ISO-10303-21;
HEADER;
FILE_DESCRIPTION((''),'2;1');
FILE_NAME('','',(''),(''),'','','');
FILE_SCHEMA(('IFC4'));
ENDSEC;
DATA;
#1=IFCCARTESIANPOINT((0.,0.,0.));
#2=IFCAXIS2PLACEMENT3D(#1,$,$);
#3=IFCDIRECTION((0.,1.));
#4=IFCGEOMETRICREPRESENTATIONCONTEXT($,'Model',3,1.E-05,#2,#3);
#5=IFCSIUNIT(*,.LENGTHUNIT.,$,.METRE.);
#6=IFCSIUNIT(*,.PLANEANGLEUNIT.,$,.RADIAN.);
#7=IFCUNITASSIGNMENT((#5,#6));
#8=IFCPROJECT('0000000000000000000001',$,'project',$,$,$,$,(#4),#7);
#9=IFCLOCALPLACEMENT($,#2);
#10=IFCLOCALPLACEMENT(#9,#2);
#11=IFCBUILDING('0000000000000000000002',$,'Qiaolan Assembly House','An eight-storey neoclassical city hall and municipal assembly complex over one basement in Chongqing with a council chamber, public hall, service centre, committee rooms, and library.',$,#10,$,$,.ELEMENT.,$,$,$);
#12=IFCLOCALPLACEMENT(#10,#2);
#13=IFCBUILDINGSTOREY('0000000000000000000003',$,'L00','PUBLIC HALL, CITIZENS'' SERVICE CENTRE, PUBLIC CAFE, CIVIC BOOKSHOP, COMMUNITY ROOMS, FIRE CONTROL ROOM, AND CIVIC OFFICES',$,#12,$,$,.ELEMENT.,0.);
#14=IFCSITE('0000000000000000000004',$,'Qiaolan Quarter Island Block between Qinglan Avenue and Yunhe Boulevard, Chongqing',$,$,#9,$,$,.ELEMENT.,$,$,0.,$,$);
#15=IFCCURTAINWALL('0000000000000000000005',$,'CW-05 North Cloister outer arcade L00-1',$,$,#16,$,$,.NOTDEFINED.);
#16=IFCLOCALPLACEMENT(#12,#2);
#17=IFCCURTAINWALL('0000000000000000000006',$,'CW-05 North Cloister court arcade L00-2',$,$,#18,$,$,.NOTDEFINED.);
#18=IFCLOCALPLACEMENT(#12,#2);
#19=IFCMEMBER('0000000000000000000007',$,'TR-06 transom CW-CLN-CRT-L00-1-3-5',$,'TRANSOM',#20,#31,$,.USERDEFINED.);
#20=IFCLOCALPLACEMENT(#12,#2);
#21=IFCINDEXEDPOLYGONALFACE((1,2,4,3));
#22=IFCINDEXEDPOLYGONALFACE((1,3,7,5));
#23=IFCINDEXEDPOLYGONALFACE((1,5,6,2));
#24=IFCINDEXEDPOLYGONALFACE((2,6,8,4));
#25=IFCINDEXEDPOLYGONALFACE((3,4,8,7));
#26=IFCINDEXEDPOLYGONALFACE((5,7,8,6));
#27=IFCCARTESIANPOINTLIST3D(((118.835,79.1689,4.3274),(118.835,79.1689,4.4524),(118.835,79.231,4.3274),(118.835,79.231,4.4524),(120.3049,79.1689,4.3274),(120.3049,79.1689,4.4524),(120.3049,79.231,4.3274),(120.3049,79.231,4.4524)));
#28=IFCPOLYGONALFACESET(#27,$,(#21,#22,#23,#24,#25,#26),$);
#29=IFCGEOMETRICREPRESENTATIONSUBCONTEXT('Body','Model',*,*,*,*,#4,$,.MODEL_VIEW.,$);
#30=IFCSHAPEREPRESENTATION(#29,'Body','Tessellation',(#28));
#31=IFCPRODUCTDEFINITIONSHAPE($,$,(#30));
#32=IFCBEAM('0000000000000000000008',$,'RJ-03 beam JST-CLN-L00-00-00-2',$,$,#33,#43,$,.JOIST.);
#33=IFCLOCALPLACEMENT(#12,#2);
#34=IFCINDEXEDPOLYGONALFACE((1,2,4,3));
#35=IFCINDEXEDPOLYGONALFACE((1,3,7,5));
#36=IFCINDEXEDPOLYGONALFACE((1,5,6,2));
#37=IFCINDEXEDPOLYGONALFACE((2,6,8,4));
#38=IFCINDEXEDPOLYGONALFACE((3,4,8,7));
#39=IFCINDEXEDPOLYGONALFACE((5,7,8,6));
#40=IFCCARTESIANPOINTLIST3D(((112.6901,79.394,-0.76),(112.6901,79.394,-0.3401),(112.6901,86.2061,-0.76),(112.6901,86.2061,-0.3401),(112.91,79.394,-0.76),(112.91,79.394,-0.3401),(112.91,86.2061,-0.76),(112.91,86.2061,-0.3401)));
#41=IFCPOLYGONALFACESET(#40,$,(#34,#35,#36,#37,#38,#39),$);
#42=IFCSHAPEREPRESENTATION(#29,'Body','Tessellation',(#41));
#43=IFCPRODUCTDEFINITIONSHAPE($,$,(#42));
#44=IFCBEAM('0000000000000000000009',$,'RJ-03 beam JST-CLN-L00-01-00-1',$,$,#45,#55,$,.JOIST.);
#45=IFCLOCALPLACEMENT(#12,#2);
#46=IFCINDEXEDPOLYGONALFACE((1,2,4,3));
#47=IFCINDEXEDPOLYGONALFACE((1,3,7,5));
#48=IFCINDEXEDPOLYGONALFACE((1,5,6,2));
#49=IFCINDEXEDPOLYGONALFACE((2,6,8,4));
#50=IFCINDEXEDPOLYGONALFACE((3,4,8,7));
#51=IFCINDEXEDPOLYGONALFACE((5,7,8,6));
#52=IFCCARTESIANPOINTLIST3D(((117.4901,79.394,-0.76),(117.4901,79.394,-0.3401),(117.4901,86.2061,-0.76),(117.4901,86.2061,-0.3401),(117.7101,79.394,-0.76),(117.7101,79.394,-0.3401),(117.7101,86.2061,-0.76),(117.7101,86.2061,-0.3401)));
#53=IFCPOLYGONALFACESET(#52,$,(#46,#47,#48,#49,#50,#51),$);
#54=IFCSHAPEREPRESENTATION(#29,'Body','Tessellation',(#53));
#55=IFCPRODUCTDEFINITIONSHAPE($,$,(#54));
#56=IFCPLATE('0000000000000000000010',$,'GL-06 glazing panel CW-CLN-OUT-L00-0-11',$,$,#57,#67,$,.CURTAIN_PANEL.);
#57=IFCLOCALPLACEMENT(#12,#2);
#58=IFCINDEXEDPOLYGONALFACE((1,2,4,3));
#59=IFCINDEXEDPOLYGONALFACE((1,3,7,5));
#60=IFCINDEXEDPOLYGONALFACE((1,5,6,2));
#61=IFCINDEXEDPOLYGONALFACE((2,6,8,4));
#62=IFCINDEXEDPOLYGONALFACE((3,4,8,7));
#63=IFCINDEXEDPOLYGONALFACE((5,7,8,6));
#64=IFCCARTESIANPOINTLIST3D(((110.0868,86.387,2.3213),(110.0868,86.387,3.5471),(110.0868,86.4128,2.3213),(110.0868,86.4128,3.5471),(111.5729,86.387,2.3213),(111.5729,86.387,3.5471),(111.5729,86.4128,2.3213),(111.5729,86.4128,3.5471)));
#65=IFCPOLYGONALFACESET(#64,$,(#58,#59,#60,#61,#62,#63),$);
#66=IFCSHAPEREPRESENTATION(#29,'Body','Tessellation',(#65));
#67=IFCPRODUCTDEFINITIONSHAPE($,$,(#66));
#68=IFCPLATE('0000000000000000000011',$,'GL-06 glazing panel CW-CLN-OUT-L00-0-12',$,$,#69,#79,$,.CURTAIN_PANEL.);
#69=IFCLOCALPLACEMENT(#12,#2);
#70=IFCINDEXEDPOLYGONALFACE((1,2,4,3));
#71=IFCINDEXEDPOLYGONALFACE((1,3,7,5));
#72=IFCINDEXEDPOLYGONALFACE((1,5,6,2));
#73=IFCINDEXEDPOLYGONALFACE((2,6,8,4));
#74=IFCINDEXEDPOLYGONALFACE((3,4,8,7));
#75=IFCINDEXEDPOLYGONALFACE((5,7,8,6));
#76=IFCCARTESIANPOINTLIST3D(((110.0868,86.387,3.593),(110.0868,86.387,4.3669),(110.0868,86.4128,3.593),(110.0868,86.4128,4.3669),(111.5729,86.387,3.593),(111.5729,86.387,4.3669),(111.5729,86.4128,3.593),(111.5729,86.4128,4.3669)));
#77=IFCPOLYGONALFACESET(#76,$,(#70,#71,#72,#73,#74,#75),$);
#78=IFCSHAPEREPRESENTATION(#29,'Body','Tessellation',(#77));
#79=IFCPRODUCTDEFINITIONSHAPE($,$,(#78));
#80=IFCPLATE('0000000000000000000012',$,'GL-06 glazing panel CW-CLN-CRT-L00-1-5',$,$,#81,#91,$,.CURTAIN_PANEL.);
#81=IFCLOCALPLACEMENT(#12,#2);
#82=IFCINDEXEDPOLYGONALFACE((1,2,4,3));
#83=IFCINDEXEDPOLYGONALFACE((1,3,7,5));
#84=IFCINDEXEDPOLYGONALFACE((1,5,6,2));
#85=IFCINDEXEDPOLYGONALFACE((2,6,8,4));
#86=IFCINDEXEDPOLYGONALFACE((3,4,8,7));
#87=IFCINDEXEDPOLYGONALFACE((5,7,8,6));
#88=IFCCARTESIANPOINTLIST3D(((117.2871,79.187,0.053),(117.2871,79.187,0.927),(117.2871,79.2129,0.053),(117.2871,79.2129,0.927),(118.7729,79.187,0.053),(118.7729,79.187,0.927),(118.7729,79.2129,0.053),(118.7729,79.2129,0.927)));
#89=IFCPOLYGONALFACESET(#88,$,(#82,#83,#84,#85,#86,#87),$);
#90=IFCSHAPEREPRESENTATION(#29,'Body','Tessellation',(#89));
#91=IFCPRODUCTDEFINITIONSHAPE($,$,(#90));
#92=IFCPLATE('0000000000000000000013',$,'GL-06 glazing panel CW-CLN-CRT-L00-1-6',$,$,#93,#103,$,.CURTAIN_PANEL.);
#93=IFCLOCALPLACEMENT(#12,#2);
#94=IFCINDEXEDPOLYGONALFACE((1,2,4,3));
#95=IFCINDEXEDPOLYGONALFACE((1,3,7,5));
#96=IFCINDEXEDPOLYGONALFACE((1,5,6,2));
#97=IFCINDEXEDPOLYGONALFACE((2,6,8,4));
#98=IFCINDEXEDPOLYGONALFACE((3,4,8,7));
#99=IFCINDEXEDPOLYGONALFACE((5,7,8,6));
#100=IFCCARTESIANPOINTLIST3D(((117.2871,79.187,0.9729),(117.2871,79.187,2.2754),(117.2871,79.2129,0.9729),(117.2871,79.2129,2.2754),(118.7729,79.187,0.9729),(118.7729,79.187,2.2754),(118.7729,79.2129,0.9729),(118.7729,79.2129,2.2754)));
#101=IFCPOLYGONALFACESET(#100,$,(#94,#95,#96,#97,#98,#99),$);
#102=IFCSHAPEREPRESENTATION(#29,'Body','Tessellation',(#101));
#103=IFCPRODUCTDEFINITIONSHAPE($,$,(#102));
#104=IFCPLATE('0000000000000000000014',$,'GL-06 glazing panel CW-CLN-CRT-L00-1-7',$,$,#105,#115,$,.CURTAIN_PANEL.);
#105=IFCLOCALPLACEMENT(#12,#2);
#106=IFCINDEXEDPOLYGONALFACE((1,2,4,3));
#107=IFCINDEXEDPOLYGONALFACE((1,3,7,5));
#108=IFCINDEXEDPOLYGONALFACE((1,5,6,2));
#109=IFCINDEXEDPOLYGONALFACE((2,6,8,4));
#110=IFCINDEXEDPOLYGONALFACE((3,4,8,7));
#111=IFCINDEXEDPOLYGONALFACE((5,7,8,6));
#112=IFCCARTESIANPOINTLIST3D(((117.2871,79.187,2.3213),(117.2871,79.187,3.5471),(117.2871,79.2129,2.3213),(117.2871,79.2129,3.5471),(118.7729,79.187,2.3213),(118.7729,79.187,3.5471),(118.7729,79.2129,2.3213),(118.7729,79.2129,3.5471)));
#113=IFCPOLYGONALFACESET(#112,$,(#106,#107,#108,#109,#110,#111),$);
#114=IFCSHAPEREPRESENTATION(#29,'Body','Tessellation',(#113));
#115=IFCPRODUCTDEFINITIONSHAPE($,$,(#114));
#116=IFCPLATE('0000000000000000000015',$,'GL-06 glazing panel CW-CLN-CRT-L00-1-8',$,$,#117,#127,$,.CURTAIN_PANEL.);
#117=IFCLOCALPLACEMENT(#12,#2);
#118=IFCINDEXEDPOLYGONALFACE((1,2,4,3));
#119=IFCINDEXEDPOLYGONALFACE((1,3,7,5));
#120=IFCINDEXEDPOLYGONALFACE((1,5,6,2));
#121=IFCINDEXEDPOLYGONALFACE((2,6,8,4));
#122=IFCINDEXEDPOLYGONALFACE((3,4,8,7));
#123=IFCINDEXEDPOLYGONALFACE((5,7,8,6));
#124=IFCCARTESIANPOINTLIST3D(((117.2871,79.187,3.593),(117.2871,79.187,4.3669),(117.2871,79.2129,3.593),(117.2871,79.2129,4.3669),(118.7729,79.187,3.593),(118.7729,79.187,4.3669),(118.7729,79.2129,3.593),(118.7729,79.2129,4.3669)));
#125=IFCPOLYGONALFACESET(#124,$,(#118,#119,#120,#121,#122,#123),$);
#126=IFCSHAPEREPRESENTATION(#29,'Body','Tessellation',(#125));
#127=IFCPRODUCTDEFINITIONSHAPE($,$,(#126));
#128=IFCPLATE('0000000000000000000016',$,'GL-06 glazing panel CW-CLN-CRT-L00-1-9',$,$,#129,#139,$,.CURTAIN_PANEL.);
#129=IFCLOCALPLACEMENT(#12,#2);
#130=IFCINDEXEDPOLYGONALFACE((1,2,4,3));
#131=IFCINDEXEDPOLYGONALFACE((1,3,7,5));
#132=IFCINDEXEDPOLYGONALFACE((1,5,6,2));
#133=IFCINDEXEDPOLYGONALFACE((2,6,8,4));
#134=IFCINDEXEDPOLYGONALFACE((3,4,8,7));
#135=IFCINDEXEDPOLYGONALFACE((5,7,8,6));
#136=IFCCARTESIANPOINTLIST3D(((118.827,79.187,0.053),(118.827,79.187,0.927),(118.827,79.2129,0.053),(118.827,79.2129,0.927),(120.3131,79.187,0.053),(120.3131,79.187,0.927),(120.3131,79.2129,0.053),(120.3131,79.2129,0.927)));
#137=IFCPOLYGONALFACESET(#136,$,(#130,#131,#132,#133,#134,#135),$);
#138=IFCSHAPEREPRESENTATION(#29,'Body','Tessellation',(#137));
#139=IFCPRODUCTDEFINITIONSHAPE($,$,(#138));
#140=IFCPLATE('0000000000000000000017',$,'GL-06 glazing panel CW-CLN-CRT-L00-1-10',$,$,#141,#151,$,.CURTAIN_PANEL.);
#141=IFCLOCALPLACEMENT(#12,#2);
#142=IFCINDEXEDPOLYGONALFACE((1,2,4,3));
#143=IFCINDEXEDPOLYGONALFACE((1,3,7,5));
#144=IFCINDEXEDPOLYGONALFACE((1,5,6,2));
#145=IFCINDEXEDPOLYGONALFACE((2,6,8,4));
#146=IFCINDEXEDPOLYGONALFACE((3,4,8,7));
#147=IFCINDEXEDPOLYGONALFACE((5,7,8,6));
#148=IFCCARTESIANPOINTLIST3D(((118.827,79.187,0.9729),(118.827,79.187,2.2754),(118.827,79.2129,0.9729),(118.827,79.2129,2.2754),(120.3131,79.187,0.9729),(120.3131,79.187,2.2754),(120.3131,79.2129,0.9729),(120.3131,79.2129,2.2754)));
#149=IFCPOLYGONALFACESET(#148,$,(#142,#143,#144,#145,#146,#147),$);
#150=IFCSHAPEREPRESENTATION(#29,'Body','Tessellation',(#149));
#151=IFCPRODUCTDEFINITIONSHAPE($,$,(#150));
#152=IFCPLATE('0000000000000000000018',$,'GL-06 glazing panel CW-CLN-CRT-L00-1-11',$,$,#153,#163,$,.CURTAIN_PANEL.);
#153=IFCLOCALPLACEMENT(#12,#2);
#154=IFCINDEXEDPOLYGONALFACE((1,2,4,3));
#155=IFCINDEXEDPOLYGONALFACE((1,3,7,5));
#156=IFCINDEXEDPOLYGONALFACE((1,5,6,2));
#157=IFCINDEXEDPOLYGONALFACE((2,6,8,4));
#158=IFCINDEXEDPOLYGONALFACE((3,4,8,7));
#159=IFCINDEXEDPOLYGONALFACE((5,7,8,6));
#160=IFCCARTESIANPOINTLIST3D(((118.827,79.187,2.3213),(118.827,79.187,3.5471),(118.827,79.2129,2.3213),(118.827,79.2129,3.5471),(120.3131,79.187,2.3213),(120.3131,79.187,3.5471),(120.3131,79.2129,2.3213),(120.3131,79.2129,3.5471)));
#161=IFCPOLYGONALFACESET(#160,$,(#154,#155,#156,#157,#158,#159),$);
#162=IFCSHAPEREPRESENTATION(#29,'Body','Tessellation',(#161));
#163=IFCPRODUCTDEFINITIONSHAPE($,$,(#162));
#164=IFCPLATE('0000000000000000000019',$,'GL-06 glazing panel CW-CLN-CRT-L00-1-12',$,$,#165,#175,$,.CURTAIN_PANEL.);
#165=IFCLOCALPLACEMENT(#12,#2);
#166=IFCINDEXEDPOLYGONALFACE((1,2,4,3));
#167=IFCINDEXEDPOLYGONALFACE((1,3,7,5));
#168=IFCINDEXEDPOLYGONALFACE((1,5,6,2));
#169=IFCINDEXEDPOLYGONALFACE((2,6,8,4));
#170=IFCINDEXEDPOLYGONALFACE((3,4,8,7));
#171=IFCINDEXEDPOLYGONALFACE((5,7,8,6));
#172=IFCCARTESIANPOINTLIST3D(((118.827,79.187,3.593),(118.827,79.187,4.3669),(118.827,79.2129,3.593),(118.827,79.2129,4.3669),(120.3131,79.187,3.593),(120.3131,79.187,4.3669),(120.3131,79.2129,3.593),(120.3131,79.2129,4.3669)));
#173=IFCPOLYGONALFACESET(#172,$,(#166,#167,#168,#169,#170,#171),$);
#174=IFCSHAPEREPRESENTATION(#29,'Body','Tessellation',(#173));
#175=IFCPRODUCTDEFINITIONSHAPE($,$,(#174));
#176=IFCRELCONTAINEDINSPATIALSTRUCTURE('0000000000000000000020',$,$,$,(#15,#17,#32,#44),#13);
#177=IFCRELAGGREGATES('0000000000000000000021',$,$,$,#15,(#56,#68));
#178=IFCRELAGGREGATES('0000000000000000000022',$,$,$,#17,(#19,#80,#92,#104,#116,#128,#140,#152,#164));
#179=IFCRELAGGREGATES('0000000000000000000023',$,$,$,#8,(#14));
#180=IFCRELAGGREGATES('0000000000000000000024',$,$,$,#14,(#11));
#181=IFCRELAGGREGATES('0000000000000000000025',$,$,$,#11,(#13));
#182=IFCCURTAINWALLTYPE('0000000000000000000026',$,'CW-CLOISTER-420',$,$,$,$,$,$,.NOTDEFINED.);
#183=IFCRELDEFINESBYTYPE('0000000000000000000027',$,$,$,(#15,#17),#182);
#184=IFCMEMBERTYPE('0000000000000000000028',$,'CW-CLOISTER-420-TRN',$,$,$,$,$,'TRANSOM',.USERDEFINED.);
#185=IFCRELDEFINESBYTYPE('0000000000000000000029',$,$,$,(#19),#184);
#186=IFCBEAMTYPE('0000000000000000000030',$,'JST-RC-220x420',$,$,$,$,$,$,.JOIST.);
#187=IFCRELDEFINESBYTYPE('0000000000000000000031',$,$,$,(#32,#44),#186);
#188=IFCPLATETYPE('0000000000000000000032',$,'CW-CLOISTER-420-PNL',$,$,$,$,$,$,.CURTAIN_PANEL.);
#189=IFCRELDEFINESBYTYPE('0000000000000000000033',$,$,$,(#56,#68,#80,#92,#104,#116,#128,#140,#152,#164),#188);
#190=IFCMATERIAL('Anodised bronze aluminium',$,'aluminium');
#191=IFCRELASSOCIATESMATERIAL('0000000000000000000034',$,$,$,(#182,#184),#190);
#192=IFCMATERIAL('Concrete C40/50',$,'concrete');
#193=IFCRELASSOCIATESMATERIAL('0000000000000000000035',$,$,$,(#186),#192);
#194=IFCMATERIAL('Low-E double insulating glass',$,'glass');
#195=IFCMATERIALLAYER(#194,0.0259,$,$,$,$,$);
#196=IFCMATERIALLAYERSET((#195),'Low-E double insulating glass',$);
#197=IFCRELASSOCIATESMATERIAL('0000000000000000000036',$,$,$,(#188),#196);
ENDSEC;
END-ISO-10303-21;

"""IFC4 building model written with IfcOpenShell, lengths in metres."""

from ifc_helpers import new_model, si_unit, direction, frame, frame_2d, origin, origin_2d, place, context, subcontext, project, spatial, rectangle, extrude, material, layer, layer_set, material_profile, profile_set, type_object, element, aggregate, save


model = new_model("IFC4")

# Units and contexts
model_context = context("Model", 3, precision=1e-05, world=origin(), true_north=direction((0.0, 1.0)))
body_context = subcontext(model_context, "Body", "Model", "MODEL_VIEW")
ifc_project = project(units=[si_unit("LENGTHUNIT", "METRE"), si_unit("PLANEANGLEUNIT", "RADIAN")], contexts=[model_context])

# Site, building, storey
site_placement = place(None, origin())
site = spatial("IfcSite", under=ifc_project, at=site_placement, Name="Qiaolan Quarter Island Block between Qinglan Avenue and Yunhe Boulevard, Chongqing", CompositionType="ELEMENT", RefElevation=0.0)
building_placement = place(site_placement, origin())
building = spatial("IfcBuilding", under=site, at=building_placement, Name="Qiaolan Assembly House", Description="An eight-storey neoclassical city hall and municipal assembly complex over one basement in Chongqing with a council chamber, public hall, service centre, committee rooms, and library.", CompositionType="ELEMENT")
storey_placement = place(building_placement, origin())
storey = spatial("IfcBuildingStorey", under=building, at=storey_placement, Name="L00", Description="PUBLIC HALL, CITIZENS' SERVICE CENTRE, PUBLIC CAFE, CIVIC BOOKSHOP, COMMUNITY ROOMS, FIRE CONTROL ROOM, AND CIVIC OFFICES", CompositionType="ELEMENT", Elevation=0.0)

# Shared definitions
ifc_material_1 = material(Name="Concrete C40/50", Category="concrete")

# Curtain wall
ifc_material_2 = material(Name="Anodised bronze aluminium", Category="aluminium")
curtain_wall_type = type_object("IfcCurtainWallType", Name="CW-CLOISTER-420", PredefinedType="NOTDEFINED", material=ifc_material_2)
curtain_wall_1_placement = place(storey_placement, origin())
curtain_wall_1 = element("IfcCurtainWall", 1, at=curtain_wall_1_placement, inside=storey, type_object=curtain_wall_type, Name="CW-05 North Cloister outer arcade L00-1", PredefinedType="NOTDEFINED")

# Curtain wall, member
curtain_wall_2_placement = place(storey_placement, origin())
curtain_wall_2 = element("IfcCurtainWall", 2, at=curtain_wall_2_placement, inside=storey, type_object=curtain_wall_type, Name="CW-05 North Cloister court arcade L00-2", PredefinedType="NOTDEFINED")
ifc_material_profile_1 = material_profile(ifc_material_2, rectangle(XDim=0.062, YDim=0.125, at=origin_2d()), Name="TRN 62x125")
ifc_profile_set_1 = profile_set([ifc_material_profile_1], Name="Anodised bronze aluminium")
member_type_1 = type_object("IfcMemberType", Name="CW-CLOISTER-420-TRN", ElementType="TRANSOM", PredefinedType="USERDEFINED", material=ifc_profile_set_1)
member_1_placement = place(storey_placement, frame((118.835, 79.2, 4.3899), z_axis=(1.0, 0.0, 0.0), x_axis=(0.0, 1.0, 0.0)))
member_1 = element("IfcMember", 3, at=member_1_placement, type_object=member_type_1, Name="TR-06 transom CW-CLN-CRT-L00-1-3-5", ObjectType="TRANSOM", PredefinedType="USERDEFINED", context=body_context, shape_type="SweptSolid", body=[
    extrude(rectangle(XDim=0.062, YDim=0.125, at=origin_2d()), origin(), (0.0, 0.0, 1.0), 1.47),
])

# Beams
ifc_material_profile_2 = material_profile(ifc_material_1, rectangle(XDim=0.22, YDim=0.4199, at=origin_2d()), Name="RCB 220x420")
ifc_profile_set_2 = profile_set([ifc_material_profile_2], Name="Concrete C40/50")
beam_type_1 = type_object("IfcBeamType", Name="JST-RC-220x420", PredefinedType="JOIST", material=ifc_profile_set_2)
for number, where, z_axis, x_axis, name in (
    (4, (112.8, 79.394, -0.55), (0.0, 1.0, 0.0), (-1.0, 0.0, 0.0), "RJ-03 beam JST-CLN-L00-00-00-2"),
    (5, (117.6001, 79.394, -0.55), (0.0, 1.0, 0.0), (-1.0, 0.0, 0.0), "RJ-03 beam JST-CLN-L00-01-00-1"),
):
    element("IfcBeam", number, at=place(storey_placement, frame(where, z_axis=z_axis, x_axis=x_axis)), inside=storey, type_object=beam_type_1, Name=name, PredefinedType="JOIST", context=body_context, shape_type="SweptSolid", body=[
        extrude(rectangle(XDim=0.22, YDim=0.4199, at=origin_2d()), origin(), (0.0, 0.0, 1.0), 6.812),
    ])

# Plates
ifc_material_3 = material(Name="Low-E double insulating glass", Category="glass")
ifc_layer = layer(ifc_material_3, 0.0259)
ifc_layer_set = layer_set([ifc_layer], Name="Low-E double insulating glass")
plate_type = type_object("IfcPlateType", Name="CW-CLOISTER-420-PNL", PredefinedType="CURTAIN_PANEL", material=ifc_layer_set)
plate_1_placement = place(storey_placement, frame((111.573, 86.3999, 2.3213), z_axis=(0.0, 0.0, 1.0), x_axis=(-1.0, 0.0, 0.0)))
plate_1 = element("IfcPlate", 6, at=plate_1_placement, type_object=plate_type, Name="GL-06 glazing panel CW-CLN-OUT-L00-0-11", PredefinedType="CURTAIN_PANEL", context=body_context, shape_type="SweptSolid", body=[
    extrude(rectangle(XDim=1.4861, YDim=0.0259, at=frame_2d((0.7432, 0.0))), origin(), (0.0, 0.0, 1.0), 1.2258),
])
plate_2_placement = place(storey_placement, frame((111.573, 86.3999, 3.593), z_axis=(0.0, 0.0, 1.0), x_axis=(-1.0, 0.0, 0.0)))
plate_2 = element("IfcPlate", 7, at=plate_2_placement, type_object=plate_type, Name="GL-06 glazing panel CW-CLN-OUT-L00-0-12", PredefinedType="CURTAIN_PANEL", context=body_context, shape_type="SweptSolid", body=[
    extrude(rectangle(XDim=1.4861, YDim=0.0259, at=frame_2d((0.7432, 0.0))), origin(), (0.0, 0.0, 1.0), 0.7739),
])
aggregate(curtain_wall_1, [plate_1, plate_2])
plate_3_placement = place(storey_placement, frame((117.2871, 79.2, 0.053), z_axis=(0.0, 0.0, 1.0), x_axis=(1.0, 0.0, 0.0)))
plate_3 = element("IfcPlate", 8, at=plate_3_placement, type_object=plate_type, Name="GL-06 glazing panel CW-CLN-CRT-L00-1-5", PredefinedType="CURTAIN_PANEL", context=body_context, shape_type="SweptSolid", body=[
    extrude(rectangle(XDim=1.4858, YDim=0.0259, at=frame_2d((0.7429, 0.0))), origin(), (0.0, 0.0, 1.0), 0.874),
])
plate_4_placement = place(storey_placement, frame((117.2871, 79.2, 0.9729), z_axis=(0.0, 0.0, 1.0), x_axis=(1.0, 0.0, 0.0)))
plate_4 = element("IfcPlate", 9, at=plate_4_placement, type_object=plate_type, Name="GL-06 glazing panel CW-CLN-CRT-L00-1-6", PredefinedType="CURTAIN_PANEL", context=body_context, shape_type="SweptSolid", body=[
    extrude(rectangle(XDim=1.4858, YDim=0.0259, at=frame_2d((0.7429, 0.0))), origin(), (0.0, 0.0, 1.0), 1.3025),
])
plate_5_placement = place(storey_placement, frame((117.2871, 79.2, 2.3213), z_axis=(0.0, 0.0, 1.0), x_axis=(1.0, 0.0, 0.0)))
plate_5 = element("IfcPlate", 10, at=plate_5_placement, type_object=plate_type, Name="GL-06 glazing panel CW-CLN-CRT-L00-1-7", PredefinedType="CURTAIN_PANEL", context=body_context, shape_type="SweptSolid", body=[
    extrude(rectangle(XDim=1.4858, YDim=0.0259, at=frame_2d((0.7429, 0.0))), origin(), (0.0, 0.0, 1.0), 1.2258),
])
plate_6_placement = place(storey_placement, frame((117.2871, 79.2, 3.593), z_axis=(0.0, 0.0, 1.0), x_axis=(1.0, 0.0, 0.0)))
plate_6 = element("IfcPlate", 11, at=plate_6_placement, type_object=plate_type, Name="GL-06 glazing panel CW-CLN-CRT-L00-1-8", PredefinedType="CURTAIN_PANEL", context=body_context, shape_type="SweptSolid", body=[
    extrude(rectangle(XDim=1.4858, YDim=0.0259, at=frame_2d((0.7429, 0.0))), origin(), (0.0, 0.0, 1.0), 0.7739),
])
plate_7_placement = place(storey_placement, frame((118.8269, 79.2, 0.053), z_axis=(0.0, 0.0, 1.0), x_axis=(1.0, 0.0, 0.0)))
plate_7 = element("IfcPlate", 12, at=plate_7_placement, type_object=plate_type, Name="GL-06 glazing panel CW-CLN-CRT-L00-1-9", PredefinedType="CURTAIN_PANEL", context=body_context, shape_type="SweptSolid", body=[
    extrude(rectangle(XDim=1.4861, YDim=0.0259, at=frame_2d((0.7432, 0.0))), origin(), (0.0, 0.0, 1.0), 0.874),
])
plate_8_placement = place(storey_placement, frame((118.8269, 79.2, 0.9729), z_axis=(0.0, 0.0, 1.0), x_axis=(1.0, 0.0, 0.0)))
plate_8 = element("IfcPlate", 13, at=plate_8_placement, type_object=plate_type, Name="GL-06 glazing panel CW-CLN-CRT-L00-1-10", PredefinedType="CURTAIN_PANEL", context=body_context, shape_type="SweptSolid", body=[
    extrude(rectangle(XDim=1.4861, YDim=0.0259, at=frame_2d((0.7432, 0.0))), origin(), (0.0, 0.0, 1.0), 1.3025),
])
plate_9_placement = place(storey_placement, frame((118.8269, 79.2, 2.3213), z_axis=(0.0, 0.0, 1.0), x_axis=(1.0, 0.0, 0.0)))
plate_9 = element("IfcPlate", 14, at=plate_9_placement, type_object=plate_type, Name="GL-06 glazing panel CW-CLN-CRT-L00-1-11", PredefinedType="CURTAIN_PANEL", context=body_context, shape_type="SweptSolid", body=[
    extrude(rectangle(XDim=1.4861, YDim=0.0259, at=frame_2d((0.7432, 0.0))), origin(), (0.0, 0.0, 1.0), 1.2258),
])
plate_10_placement = place(storey_placement, frame((118.8269, 79.2, 3.593), z_axis=(0.0, 0.0, 1.0), x_axis=(1.0, 0.0, 0.0)))
plate_10 = element("IfcPlate", 15, at=plate_10_placement, type_object=plate_type, Name="GL-06 glazing panel CW-CLN-CRT-L00-1-12", PredefinedType="CURTAIN_PANEL", context=body_context, shape_type="SweptSolid", body=[
    extrude(rectangle(XDim=1.4861, YDim=0.0259, at=frame_2d((0.7432, 0.0))), origin(), (0.0, 0.0, 1.0), 0.7739),
])
aggregate(curtain_wall_2, [member_1, plate_3, plate_4, plate_5, plate_6, plate_7, plate_8, plate_9, plate_10])

save(model, "model.ifc")
